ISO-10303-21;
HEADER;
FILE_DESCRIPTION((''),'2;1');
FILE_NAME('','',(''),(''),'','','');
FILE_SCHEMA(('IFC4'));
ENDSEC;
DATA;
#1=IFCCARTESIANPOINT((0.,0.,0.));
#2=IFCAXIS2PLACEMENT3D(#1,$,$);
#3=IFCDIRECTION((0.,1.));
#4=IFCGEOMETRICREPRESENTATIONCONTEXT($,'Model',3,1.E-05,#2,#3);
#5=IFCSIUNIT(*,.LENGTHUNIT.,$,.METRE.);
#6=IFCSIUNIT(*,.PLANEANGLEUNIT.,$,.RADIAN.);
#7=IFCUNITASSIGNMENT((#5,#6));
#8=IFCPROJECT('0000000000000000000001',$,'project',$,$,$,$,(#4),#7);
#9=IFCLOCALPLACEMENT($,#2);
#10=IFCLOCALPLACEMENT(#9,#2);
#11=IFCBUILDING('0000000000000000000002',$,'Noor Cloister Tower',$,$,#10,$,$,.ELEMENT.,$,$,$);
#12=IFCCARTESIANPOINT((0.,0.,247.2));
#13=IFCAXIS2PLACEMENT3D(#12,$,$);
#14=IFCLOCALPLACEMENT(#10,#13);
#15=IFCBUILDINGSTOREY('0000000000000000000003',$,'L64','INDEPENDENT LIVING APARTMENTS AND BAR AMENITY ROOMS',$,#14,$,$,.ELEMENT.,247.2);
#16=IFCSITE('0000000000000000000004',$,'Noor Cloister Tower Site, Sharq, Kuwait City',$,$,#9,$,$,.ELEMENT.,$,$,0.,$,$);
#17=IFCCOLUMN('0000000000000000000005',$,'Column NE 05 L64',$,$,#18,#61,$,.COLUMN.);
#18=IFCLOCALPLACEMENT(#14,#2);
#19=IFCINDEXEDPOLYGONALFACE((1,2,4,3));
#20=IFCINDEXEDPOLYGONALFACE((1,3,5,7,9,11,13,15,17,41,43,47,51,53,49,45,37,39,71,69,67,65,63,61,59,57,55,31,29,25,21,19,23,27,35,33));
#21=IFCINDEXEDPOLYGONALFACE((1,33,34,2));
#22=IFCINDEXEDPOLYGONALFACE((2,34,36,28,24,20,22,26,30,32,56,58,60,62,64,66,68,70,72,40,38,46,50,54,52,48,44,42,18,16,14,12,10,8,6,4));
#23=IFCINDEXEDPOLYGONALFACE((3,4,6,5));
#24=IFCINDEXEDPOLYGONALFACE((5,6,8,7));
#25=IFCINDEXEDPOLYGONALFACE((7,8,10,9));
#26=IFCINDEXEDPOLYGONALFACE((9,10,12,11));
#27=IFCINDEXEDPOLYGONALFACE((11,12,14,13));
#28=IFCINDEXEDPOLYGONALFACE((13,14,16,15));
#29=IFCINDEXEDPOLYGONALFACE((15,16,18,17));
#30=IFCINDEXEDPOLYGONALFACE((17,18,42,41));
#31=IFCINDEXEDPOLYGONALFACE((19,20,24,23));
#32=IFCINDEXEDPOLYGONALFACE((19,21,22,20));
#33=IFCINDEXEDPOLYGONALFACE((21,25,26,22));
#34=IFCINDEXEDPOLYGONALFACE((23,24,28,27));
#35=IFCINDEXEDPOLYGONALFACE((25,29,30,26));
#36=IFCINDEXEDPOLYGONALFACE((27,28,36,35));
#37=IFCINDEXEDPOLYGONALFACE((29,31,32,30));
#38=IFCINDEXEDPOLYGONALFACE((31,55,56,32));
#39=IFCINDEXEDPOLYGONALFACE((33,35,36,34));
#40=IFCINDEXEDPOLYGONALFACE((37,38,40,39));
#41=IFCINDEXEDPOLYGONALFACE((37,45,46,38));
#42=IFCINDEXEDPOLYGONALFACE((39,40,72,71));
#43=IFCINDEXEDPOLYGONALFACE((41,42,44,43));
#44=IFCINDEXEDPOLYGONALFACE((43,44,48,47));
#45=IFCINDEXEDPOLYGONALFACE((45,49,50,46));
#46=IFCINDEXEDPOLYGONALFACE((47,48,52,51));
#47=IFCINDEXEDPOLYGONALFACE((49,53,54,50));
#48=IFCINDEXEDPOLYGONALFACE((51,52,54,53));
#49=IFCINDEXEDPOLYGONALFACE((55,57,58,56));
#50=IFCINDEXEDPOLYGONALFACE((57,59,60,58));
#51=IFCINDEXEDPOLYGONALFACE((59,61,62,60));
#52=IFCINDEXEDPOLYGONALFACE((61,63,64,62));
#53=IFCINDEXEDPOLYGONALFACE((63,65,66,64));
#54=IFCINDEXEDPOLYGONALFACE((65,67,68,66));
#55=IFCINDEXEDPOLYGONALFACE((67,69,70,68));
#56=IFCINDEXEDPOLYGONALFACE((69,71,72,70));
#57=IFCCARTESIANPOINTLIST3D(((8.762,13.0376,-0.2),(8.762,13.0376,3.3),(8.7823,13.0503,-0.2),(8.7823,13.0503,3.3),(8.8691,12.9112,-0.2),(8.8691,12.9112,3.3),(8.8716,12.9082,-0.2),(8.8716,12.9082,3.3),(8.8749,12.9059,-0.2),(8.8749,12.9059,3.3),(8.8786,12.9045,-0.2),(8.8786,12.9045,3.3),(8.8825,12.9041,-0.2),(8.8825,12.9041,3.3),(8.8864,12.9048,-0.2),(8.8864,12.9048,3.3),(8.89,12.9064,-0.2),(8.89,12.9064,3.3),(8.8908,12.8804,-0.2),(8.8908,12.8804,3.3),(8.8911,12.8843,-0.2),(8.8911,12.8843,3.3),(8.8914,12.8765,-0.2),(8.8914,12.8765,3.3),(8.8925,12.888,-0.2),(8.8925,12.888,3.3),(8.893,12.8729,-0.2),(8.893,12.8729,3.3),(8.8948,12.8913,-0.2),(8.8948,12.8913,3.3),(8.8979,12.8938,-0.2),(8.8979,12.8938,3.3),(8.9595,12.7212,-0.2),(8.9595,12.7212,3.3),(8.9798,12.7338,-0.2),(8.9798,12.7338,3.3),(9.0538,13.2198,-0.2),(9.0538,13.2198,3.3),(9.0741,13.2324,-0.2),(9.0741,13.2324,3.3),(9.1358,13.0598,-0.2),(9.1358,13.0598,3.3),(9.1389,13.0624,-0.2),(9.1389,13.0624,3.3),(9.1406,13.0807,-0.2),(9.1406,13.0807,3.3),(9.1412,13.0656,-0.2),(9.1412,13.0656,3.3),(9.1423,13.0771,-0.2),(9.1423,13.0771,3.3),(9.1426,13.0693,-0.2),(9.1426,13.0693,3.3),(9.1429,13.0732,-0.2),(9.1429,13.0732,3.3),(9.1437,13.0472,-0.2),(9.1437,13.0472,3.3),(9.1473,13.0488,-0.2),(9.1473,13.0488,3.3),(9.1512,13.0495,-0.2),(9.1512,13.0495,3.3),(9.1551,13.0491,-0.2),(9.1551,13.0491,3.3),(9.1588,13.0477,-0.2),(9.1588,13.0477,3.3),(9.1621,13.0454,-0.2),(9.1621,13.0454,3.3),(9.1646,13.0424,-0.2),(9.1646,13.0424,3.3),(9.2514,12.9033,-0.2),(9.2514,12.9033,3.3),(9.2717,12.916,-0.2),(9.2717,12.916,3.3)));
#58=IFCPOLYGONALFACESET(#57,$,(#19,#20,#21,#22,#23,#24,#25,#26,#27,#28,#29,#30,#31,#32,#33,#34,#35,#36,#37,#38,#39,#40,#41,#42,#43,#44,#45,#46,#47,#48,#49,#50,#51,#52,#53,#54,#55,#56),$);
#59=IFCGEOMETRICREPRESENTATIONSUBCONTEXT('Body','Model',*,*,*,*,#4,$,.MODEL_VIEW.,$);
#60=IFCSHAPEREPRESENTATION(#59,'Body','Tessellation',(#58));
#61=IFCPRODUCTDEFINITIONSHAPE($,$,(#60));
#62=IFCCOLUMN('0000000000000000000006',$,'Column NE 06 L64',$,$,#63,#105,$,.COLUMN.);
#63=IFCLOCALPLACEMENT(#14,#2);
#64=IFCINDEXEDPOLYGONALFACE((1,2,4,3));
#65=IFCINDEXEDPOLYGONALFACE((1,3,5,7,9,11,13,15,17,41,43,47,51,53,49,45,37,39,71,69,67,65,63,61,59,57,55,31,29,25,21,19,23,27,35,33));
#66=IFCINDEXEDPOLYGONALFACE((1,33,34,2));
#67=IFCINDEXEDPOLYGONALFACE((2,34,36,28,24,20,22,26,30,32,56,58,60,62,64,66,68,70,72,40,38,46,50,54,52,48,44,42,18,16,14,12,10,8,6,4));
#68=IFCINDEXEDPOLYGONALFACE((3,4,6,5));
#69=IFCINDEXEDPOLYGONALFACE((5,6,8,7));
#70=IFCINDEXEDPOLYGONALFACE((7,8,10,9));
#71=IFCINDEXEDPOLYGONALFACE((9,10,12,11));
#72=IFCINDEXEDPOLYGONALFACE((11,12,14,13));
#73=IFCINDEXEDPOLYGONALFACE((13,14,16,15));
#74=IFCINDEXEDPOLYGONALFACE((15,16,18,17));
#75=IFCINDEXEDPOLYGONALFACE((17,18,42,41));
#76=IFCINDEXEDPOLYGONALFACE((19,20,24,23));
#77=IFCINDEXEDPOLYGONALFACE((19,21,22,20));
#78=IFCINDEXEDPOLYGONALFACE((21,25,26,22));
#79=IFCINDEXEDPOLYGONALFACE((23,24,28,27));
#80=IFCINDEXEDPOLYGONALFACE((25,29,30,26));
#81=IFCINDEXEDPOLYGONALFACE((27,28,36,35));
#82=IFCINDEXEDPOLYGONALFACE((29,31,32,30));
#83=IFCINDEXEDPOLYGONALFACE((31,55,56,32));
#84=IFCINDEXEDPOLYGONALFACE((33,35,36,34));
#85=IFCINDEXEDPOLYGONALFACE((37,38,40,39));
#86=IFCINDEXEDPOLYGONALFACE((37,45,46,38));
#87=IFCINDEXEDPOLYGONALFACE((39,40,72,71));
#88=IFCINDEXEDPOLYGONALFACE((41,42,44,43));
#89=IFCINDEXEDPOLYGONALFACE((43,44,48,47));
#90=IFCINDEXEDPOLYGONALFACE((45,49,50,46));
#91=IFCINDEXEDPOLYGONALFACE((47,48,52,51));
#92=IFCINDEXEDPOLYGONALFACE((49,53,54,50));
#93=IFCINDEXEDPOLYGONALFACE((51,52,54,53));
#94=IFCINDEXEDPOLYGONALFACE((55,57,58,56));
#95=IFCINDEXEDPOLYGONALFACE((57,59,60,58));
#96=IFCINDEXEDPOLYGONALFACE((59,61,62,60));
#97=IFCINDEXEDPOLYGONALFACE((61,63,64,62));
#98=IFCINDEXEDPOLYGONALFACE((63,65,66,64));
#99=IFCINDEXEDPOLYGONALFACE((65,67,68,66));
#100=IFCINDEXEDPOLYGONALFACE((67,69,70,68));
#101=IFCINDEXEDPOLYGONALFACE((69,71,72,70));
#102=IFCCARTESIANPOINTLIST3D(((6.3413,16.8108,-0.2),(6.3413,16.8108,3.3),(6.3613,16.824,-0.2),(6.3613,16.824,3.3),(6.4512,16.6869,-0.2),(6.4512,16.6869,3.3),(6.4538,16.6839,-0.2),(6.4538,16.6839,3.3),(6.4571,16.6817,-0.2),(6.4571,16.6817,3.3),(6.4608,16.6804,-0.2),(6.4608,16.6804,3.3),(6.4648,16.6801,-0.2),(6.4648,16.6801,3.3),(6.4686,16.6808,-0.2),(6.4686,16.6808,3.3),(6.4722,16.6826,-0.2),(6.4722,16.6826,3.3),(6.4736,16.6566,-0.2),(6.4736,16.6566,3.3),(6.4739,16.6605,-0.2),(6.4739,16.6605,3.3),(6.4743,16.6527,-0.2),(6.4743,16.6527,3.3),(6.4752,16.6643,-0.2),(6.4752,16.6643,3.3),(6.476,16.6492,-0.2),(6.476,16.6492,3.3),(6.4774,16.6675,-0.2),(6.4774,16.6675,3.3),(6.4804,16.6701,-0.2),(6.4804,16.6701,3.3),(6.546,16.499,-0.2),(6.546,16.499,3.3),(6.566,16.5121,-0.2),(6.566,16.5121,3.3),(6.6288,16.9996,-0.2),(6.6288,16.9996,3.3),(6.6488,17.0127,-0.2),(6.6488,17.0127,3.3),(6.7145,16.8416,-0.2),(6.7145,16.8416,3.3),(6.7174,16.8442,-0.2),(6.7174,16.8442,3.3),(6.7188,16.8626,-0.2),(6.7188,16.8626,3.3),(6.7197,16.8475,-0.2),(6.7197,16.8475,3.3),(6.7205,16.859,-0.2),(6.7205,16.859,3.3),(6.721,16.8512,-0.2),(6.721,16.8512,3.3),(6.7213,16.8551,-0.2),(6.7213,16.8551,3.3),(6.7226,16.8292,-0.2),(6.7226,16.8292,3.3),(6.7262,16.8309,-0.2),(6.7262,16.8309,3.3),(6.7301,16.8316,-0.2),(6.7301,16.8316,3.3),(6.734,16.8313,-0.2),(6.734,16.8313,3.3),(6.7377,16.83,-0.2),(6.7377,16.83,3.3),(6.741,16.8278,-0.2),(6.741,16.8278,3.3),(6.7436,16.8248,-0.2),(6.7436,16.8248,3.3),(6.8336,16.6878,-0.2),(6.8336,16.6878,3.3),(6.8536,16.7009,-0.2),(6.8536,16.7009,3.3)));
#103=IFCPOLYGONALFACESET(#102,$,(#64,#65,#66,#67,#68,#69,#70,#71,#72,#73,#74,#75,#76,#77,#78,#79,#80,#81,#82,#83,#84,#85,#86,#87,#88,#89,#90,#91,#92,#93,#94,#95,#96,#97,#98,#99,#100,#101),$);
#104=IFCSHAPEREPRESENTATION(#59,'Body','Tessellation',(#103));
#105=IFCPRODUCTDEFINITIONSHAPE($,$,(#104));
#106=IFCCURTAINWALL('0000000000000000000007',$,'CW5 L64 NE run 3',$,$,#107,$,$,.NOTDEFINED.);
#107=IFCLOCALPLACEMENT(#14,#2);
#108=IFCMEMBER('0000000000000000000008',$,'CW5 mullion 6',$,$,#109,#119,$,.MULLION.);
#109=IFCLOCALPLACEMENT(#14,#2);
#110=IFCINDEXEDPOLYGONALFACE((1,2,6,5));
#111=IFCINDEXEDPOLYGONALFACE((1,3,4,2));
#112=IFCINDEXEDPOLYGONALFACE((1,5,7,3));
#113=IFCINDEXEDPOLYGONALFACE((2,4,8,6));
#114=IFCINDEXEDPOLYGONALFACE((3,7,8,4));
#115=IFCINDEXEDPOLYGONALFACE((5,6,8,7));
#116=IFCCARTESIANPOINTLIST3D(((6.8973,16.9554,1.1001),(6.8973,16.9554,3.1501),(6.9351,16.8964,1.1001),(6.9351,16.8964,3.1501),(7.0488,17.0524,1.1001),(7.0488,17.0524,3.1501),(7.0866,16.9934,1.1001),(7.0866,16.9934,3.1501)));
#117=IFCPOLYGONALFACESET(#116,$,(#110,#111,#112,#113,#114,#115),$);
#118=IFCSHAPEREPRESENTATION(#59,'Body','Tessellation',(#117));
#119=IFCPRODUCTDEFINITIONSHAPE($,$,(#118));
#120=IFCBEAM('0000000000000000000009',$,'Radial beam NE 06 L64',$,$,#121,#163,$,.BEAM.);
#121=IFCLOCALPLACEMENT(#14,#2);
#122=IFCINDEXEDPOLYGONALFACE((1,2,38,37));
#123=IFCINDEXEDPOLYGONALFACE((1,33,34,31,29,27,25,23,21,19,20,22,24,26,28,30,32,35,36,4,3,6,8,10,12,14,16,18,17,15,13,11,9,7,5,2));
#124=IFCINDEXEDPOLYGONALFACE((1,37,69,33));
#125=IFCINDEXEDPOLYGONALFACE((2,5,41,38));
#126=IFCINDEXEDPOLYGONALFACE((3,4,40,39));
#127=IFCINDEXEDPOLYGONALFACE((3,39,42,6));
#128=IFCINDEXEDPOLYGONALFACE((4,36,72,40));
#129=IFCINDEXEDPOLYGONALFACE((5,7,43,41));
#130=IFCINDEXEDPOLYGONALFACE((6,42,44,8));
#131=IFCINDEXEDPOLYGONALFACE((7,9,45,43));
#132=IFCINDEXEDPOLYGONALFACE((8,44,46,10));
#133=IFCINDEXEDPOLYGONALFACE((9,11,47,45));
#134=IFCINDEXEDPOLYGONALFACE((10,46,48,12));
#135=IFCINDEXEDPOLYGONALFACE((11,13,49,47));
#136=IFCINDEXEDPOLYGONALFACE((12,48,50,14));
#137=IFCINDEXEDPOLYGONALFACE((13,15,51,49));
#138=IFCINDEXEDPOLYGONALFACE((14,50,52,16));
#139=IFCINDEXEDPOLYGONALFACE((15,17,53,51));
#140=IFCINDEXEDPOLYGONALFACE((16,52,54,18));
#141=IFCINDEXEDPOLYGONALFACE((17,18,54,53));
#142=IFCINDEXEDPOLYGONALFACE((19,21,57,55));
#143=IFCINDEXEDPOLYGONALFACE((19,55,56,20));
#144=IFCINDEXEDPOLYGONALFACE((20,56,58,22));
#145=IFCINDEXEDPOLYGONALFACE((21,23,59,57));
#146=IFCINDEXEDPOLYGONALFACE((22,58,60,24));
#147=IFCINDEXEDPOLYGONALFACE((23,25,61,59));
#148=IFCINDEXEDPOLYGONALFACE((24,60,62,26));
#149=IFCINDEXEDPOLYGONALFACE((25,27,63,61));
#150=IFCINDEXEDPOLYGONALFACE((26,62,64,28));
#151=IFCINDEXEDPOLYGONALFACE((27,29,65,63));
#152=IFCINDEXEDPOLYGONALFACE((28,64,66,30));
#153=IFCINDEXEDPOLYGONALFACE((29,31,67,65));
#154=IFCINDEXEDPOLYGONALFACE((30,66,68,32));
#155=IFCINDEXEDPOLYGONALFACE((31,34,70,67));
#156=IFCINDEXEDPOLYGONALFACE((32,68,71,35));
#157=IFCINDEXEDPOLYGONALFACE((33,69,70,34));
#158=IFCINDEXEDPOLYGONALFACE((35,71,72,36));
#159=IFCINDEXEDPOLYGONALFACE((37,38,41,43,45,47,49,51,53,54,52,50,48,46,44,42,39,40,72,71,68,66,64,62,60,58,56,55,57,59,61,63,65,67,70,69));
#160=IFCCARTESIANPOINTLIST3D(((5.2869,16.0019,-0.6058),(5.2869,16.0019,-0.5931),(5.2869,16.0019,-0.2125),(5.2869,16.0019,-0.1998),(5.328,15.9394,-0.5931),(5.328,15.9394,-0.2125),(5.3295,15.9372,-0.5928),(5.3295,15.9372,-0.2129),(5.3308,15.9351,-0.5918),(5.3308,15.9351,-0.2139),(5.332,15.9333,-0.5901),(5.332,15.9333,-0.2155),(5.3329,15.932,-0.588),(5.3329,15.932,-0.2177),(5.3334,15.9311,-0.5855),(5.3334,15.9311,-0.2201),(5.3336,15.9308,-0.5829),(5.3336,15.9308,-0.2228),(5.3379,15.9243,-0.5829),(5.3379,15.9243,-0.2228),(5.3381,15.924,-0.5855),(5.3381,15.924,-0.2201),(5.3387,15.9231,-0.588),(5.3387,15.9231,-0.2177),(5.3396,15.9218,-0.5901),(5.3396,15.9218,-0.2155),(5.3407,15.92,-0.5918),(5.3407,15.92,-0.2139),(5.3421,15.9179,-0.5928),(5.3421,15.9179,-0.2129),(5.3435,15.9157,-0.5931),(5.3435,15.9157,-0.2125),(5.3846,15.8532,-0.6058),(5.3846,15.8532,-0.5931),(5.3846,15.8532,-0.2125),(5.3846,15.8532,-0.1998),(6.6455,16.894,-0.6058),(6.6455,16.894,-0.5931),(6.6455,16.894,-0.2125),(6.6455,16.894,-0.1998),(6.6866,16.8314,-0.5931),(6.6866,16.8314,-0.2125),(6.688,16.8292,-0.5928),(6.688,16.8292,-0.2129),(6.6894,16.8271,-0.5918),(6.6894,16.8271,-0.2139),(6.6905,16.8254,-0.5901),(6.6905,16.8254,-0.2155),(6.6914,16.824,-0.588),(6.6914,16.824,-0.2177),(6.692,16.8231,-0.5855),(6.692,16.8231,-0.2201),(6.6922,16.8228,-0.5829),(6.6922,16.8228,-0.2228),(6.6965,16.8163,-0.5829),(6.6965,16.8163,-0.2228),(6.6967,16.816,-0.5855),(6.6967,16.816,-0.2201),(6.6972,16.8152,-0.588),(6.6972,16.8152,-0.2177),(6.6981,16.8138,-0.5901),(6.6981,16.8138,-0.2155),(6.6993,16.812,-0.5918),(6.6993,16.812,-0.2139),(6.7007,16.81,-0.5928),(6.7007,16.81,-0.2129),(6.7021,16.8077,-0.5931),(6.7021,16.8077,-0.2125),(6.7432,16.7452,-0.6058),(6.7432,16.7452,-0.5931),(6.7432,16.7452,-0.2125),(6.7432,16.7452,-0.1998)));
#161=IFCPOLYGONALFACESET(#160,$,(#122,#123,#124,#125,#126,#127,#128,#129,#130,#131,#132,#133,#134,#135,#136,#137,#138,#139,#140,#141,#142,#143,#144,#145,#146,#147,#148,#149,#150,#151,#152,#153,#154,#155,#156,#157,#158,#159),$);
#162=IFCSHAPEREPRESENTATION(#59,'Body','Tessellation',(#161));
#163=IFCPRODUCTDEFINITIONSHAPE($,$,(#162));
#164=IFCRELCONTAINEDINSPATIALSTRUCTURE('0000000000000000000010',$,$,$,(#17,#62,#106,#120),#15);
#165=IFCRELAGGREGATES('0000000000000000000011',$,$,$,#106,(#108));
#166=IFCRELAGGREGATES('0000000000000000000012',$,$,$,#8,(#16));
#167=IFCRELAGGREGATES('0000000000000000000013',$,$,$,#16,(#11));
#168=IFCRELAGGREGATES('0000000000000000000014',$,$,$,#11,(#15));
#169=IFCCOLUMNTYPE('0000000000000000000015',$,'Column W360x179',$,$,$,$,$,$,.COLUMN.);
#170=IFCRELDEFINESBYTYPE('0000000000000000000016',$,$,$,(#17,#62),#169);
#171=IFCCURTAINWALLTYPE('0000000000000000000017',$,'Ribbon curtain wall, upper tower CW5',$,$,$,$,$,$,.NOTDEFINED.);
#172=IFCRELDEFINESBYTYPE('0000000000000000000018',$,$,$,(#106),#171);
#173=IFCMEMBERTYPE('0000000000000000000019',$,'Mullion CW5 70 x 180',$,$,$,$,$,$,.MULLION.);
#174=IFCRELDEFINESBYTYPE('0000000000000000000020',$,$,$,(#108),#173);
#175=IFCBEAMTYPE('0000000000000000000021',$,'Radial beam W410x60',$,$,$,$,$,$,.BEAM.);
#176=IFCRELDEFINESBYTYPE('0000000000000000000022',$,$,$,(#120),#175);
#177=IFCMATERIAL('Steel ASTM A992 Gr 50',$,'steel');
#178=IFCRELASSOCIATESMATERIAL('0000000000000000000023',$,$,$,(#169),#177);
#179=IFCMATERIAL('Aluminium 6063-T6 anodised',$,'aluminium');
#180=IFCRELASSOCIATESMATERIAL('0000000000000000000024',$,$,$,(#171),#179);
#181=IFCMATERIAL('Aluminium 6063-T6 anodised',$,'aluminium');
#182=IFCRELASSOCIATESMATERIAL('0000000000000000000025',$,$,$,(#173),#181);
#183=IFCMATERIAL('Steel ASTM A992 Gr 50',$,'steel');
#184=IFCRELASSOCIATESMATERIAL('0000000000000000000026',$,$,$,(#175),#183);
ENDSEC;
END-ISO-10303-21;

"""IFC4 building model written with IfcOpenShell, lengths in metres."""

from ifc_helpers import new_model, si_unit, direction, frame, origin, origin_2d, place, context, subcontext, project, spatial, rectangle, i_section, extrude, material, material_profile, profile_set, type_object, element, aggregate, save


model = new_model("IFC4")

# Units and contexts
model_context = context("Model", 3, precision=1e-05, world=origin(), true_north=direction((0.0, 1.0)))
body_context = subcontext(model_context, "Body", "Model", "MODEL_VIEW")
ifc_project = project(units=[si_unit("LENGTHUNIT", "METRE"), si_unit("PLANEANGLEUNIT", "RADIAN")], contexts=[model_context])

# Site, building, storey
site_placement = place(None, origin())
site = spatial("IfcSite", under=ifc_project, at=site_placement, Name="Noor Cloister Tower Site, Sharq, Kuwait City", CompositionType="ELEMENT", RefElevation=0.0)
building_placement = place(site_placement, origin())
building = spatial("IfcBuilding", under=site, at=building_placement, Name="Noor Cloister Tower", CompositionType="ELEMENT")
storey_placement = place(building_placement, frame((0.0, 0.0, 247.2)))
storey = spatial("IfcBuildingStorey", under=building, at=storey_placement, Name="L64", Description="INDEPENDENT LIVING APARTMENTS AND BAR AMENITY ROOMS", CompositionType="ELEMENT", Elevation=247.2)

# Columns
ifc_material_1 = material(Name="Steel ASTM A992 Gr 50", Category="steel")
ifc_material_profile_1 = material_profile(ifc_material_1, i_section(OverallWidth=0.373, OverallDepth=0.3679, WebThickness=0.0149, FlangeThickness=0.0239, FilletRadius=0.0151, at=origin_2d()), Name="W360x179")
ifc_profile_set_1 = profile_set([ifc_material_profile_1], Name="Steel ASTM A992 Gr 50")
column_type = type_object("IfcColumnType", Name="Column W360x179", PredefinedType="COLUMN", material=ifc_profile_set_1)
for number, where, z_axis, x_axis, name in (
    (1, (9.0168, 12.9768, -0.2), (0.0, 0.0, 1.0), (-0.529481, 0.848322, 0.0), "Column NE 05 L64"),
    (2, (6.5974, 16.7559, -0.2), (0.0, 0.0, 1.0), (-0.54879, 0.83596, 0.0), "Column NE 06 L64"),
):
    element("IfcColumn", number, at=place(storey_placement, frame(where, z_axis=z_axis, x_axis=x_axis)), inside=storey, type_object=column_type, Name=name, PredefinedType="COLUMN", context=body_context, shape_type="SweptSolid", body=[
        extrude(i_section(OverallWidth=0.373, OverallDepth=0.3679, WebThickness=0.0149, FlangeThickness=0.0239, FilletRadius=0.0151, at=origin_2d()), origin(), (0.0, 0.0, 1.0), 3.5),
    ])

# Curtain wall, member
ifc_material_2 = material(Name="Aluminium 6063-T6 anodised", Category="aluminium")
curtain_wall_type = type_object("IfcCurtainWallType", Name="Ribbon curtain wall, upper tower CW5", PredefinedType="NOTDEFINED", material=ifc_material_2)
curtain_wall_placement = place(storey_placement, origin())
curtain_wall = element("IfcCurtainWall", 3, at=curtain_wall_placement, inside=storey, type_object=curtain_wall_type, Name="CW5 L64 NE run 3", PredefinedType="NOTDEFINED")
ifc_material_3 = material(Name="Aluminium 6063-T6 anodised", Category="aluminium")
ifc_material_profile_2 = material_profile(ifc_material_3, rectangle(XDim=0.1799, YDim=0.0701, at=origin_2d()), Name="180 x 70 mullion")
ifc_profile_set_2 = profile_set([ifc_material_profile_2], Name="Aluminium 6063-T6 anodised")
member_type = type_object("IfcMemberType", Name="Mullion CW5 70 x 180", PredefinedType="MULLION", material=ifc_profile_set_2)
member_placement = place(storey_placement, frame((6.9919, 16.9744, 1.1001), z_axis=(0.0, 0.0, 1.0), x_axis=(-0.842196, -0.539171, 0.0)))
member = element("IfcMember", 4, at=member_placement, type_object=member_type, Name="CW5 mullion 6", PredefinedType="MULLION", context=body_context, shape_type="SweptSolid", body=[
    extrude(rectangle(XDim=0.1799, YDim=0.0701, at=origin_2d()), origin(), (0.0, 0.0, 1.0), 2.05),
])

# Beam
ifc_material_4 = material(Name="Steel ASTM A992 Gr 50", Category="steel")
ifc_material_profile_3 = material_profile(ifc_material_4, i_section(OverallWidth=0.178, OverallDepth=0.406, WebThickness=0.0078, FlangeThickness=0.0127, FilletRadius=0.0103, at=origin_2d()), Name="W410x60")
ifc_profile_set_3 = profile_set([ifc_material_profile_3], Name="Steel ASTM A992 Gr 50")
beam_type_1 = type_object("IfcBeamType", Name="Radial beam W410x60", PredefinedType="BEAM", material=ifc_profile_set_3)
beam_1_placement = place(storey_placement, frame((6.6943, 16.8196, -0.4028), z_axis=(-0.835912, -0.548863, 0.0), x_axis=(0.548863, -0.835912, 0.0)))
element("IfcBeam", 5, at=beam_1_placement, inside=storey, type_object=beam_type_1, Name="Radial beam NE 06 L64", PredefinedType="BEAM", context=body_context, shape_type="SweptSolid", body=[
    extrude(i_section(OverallWidth=0.178, OverallDepth=0.406, WebThickness=0.0078, FlangeThickness=0.0127, FilletRadius=0.0103, at=origin_2d()), origin(), (0.0, 0.0, 1.0), 1.6252),
])

aggregate(curtain_wall, [member])

save(model, "model.ifc")
